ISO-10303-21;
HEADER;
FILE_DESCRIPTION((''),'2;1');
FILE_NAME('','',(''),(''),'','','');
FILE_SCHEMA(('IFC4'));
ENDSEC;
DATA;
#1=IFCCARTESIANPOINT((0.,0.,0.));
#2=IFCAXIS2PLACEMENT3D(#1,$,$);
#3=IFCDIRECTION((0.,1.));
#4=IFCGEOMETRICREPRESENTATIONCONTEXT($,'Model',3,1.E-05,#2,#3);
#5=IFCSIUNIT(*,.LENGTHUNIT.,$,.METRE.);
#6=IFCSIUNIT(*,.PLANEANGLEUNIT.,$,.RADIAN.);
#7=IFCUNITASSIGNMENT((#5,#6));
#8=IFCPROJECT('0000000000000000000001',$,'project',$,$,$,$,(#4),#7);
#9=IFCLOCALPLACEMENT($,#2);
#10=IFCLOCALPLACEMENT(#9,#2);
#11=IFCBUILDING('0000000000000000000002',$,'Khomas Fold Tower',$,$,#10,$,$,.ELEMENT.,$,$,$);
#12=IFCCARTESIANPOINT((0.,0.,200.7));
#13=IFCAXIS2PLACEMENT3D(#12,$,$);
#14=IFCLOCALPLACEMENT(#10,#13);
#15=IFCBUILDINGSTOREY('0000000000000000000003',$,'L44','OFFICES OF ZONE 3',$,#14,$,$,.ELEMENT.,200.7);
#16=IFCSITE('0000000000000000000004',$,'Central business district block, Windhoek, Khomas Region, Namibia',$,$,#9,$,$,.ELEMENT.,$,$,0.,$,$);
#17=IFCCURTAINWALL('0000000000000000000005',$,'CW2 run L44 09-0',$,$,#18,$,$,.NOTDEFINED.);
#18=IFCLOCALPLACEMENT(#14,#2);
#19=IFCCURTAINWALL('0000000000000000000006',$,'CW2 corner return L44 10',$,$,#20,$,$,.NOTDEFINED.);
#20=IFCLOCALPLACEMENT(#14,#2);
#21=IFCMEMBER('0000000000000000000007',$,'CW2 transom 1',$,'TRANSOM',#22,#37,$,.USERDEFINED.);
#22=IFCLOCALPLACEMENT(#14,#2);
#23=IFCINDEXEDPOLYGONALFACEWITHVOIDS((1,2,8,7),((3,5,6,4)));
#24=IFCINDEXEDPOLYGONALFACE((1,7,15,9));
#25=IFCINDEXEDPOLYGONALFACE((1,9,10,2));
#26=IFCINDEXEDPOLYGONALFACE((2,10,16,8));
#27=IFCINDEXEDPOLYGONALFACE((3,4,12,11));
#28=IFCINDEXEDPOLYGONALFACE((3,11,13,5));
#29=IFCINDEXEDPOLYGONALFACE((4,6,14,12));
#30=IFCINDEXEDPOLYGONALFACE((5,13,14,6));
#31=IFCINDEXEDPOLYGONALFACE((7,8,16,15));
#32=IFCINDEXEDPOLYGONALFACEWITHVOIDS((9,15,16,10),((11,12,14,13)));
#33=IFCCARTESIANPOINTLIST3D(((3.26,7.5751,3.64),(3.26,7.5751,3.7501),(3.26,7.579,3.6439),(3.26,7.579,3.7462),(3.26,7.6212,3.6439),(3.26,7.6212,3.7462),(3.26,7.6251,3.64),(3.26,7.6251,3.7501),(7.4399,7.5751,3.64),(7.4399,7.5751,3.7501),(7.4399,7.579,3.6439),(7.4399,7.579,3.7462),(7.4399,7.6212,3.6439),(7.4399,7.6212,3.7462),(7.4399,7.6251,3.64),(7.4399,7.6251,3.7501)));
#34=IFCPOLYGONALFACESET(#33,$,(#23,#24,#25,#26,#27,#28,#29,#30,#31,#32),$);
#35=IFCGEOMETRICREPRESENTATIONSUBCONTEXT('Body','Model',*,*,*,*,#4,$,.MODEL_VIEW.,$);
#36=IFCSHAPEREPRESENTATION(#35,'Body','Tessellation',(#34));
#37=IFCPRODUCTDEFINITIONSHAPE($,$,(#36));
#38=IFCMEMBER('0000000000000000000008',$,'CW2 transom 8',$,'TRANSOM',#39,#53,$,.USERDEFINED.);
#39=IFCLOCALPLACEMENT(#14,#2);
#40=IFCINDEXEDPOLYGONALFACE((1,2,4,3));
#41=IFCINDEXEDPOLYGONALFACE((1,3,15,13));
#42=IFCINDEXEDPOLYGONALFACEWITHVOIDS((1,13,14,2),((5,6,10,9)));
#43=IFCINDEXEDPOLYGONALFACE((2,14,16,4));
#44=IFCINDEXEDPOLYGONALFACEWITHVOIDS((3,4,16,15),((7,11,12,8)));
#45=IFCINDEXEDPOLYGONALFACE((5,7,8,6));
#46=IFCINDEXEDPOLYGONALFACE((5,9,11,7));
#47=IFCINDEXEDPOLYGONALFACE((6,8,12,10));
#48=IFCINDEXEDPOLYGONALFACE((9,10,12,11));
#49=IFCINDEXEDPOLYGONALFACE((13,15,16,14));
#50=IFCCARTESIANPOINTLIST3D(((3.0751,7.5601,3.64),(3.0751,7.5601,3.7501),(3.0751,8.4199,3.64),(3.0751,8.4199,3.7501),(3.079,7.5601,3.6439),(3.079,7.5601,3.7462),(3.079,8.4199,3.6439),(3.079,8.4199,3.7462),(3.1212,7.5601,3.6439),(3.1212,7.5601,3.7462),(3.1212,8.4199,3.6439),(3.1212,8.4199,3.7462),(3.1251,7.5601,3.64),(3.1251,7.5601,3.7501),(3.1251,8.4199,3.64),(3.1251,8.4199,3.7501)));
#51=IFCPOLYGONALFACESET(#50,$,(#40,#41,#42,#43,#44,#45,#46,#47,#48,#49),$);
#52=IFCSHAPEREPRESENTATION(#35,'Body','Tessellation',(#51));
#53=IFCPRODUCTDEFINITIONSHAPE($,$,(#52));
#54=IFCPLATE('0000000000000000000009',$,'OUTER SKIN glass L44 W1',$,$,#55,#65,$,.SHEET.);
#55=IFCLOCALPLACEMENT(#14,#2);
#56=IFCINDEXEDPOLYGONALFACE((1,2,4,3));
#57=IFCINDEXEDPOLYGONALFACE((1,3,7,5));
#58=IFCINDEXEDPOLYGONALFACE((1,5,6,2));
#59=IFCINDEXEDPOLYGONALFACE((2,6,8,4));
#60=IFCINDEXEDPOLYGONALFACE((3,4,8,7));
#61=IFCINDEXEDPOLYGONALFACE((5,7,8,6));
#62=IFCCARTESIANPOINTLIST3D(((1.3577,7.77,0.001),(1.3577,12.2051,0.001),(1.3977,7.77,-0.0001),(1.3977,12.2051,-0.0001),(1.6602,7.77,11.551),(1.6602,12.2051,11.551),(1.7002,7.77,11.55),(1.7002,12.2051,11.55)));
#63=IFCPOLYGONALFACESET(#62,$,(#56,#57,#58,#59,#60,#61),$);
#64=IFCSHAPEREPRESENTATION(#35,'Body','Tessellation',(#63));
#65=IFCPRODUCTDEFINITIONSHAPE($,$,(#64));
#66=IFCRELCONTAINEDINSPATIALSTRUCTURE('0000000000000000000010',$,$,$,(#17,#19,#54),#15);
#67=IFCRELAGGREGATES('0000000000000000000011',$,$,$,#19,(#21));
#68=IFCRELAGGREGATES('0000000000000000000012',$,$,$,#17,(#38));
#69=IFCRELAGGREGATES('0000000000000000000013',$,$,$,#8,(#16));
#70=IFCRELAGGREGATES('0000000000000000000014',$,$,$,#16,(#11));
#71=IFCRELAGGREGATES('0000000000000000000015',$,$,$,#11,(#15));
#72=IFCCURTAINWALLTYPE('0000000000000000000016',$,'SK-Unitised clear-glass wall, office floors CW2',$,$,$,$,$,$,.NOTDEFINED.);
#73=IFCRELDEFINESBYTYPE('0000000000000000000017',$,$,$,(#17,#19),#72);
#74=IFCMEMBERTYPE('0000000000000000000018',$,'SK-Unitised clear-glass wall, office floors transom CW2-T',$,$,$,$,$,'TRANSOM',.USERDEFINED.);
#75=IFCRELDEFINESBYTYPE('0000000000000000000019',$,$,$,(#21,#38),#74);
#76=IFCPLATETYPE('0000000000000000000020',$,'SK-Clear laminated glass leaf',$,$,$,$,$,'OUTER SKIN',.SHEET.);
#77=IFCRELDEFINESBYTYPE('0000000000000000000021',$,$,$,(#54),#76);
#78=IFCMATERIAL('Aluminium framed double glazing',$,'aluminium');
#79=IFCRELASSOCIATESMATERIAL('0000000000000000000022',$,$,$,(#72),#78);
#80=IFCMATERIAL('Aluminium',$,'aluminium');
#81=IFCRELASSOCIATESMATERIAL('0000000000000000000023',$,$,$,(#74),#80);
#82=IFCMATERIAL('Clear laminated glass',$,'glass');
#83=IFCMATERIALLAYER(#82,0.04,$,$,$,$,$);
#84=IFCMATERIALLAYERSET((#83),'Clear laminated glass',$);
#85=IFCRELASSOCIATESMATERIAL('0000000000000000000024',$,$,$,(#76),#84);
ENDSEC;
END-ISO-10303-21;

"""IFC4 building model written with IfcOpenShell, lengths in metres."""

from ifc_helpers import new_model, si_unit, direction, frame, origin, origin_2d, place, context, subcontext, project, spatial, polyline, hollow_rectangle, outline, extrude, source, transform, mapped, material, layer, layer_set, material_profile, profile_set, type_object, element, aggregate, save


model = new_model("IFC4")

# Units and contexts
model_context = context("Model", 3, precision=1e-05, world=origin(), true_north=direction((0.0, 1.0)))
body_context = subcontext(model_context, "Body", "Model", "MODEL_VIEW")
ifc_project = project(units=[si_unit("LENGTHUNIT", "METRE"), si_unit("PLANEANGLEUNIT", "RADIAN")], contexts=[model_context])

# Site, building, storey
site_placement = place(None, origin())
site = spatial("IfcSite", under=ifc_project, at=site_placement, Name="Central business district block, Windhoek, Khomas Region, Namibia", CompositionType="ELEMENT", RefElevation=0.0)
building_placement = place(site_placement, origin())
building = spatial("IfcBuilding", under=site, at=building_placement, Name="Khomas Fold Tower", CompositionType="ELEMENT")
storey_placement = place(building_placement, frame((0.0, 0.0, 200.7)))
storey = spatial("IfcBuildingStorey", under=building, at=storey_placement, Name="L44", Description="OFFICES OF ZONE 3", CompositionType="ELEMENT", Elevation=200.7)

# Curtain walls
ifc_material_1 = material(Name="Aluminium framed double glazing", Category="aluminium")
curtain_wall_type = type_object("IfcCurtainWallType", Name="SK-Unitised clear-glass wall, office floors CW2", PredefinedType="NOTDEFINED", material=ifc_material_1)
curtain_wall_1_placement = place(storey_placement, origin())
curtain_wall_1 = element("IfcCurtainWall", 1, at=curtain_wall_1_placement, inside=storey, type_object=curtain_wall_type, Name="CW2 run L44 09-0", PredefinedType="NOTDEFINED")
curtain_wall_2_placement = place(storey_placement, origin())
curtain_wall_2 = element("IfcCurtainWall", 2, at=curtain_wall_2_placement, inside=storey, type_object=curtain_wall_type, Name="CW2 corner return L44 10", PredefinedType="NOTDEFINED")
ifc_material_2 = material(Name="Aluminium", Category="aluminium")
ifc_material_profile_1 = material_profile(ifc_material_2, hollow_rectangle(XDim=0.05, YDim=0.1101, WallThickness=0.0039, at=origin_2d()), Name="SK-Unitised clear-glass wall, office floors transom CW2-T")
ifc_profile_set_1 = profile_set([ifc_material_profile_1], Name="Aluminium")
member_type_1 = type_object("IfcMemberType", Name="SK-Unitised clear-glass wall, office floors transom CW2-T", ElementType="TRANSOM", PredefinedType="USERDEFINED", material=ifc_profile_set_1)

# Members
shared_shape_1 = source(origin(), body_context, "Body", "SweptSolid", [
    extrude(hollow_rectangle(XDim=0.05, YDim=0.1101, WallThickness=0.0039, at=origin_2d()), origin(), (0.0, 0.0, 1.0), 4.1799),
])
member_1_placement = place(storey_placement, frame((3.26, 7.6001, 3.6951), z_axis=(1.0, 0.0, 0.0), x_axis=(0.0, 1.0, 0.0)))
member_1 = element("IfcMember", 3, at=member_1_placement, type_object=member_type_1, Name="CW2 transom 1", ObjectType="TRANSOM", PredefinedType="USERDEFINED", context=body_context, shape_type="MappedRepresentation", body=[
    mapped(shared_shape_1, transform((0.0, 0.0, 0.0))),
])
shared_shape_2 = source(origin(), body_context, "Body", "SweptSolid", [
    extrude(hollow_rectangle(XDim=0.05, YDim=0.1101, WallThickness=0.0039, at=origin_2d()), origin(), (0.0, 0.0, 1.0), 0.8599),
])
member_2_placement = place(storey_placement, frame((3.1001, 8.4199, 3.6951), z_axis=(0.0, -1.0, 0.0), x_axis=(1.0, 0.0, 0.0)))
member_2 = element("IfcMember", 4, at=member_2_placement, type_object=member_type_1, Name="CW2 transom 8", ObjectType="TRANSOM", PredefinedType="USERDEFINED", context=body_context, shape_type="MappedRepresentation", body=[
    mapped(shared_shape_2, transform((0.0, 0.0, 0.0))),
])

# Plate
ifc_material_3 = material(Name="Clear laminated glass", Category="glass")
ifc_layer_1 = layer(ifc_material_3, 0.04)
ifc_layer_set_1 = layer_set([ifc_layer_1], Name="Clear laminated glass")
plate_type_1 = type_object("IfcPlateType", Name="SK-Clear laminated glass leaf", ElementType="OUTER SKIN", PredefinedType="SHEET", material=ifc_layer_set_1)
plate_1_placement = place(storey_placement, frame((1.3577, 7.77, 0.001), z_axis=(-0.999657, 0.0, 0.026181), x_axis=(0.0, 1.0, 0.0)))
element("IfcPlate", 5, at=plate_1_placement, inside=storey, type_object=plate_type_1, Name="OUTER SKIN glass L44 W1", PredefinedType="SHEET", context=body_context, shape_type="SweptSolid", body=[
    extrude(outline(polyline([(0.0, 0.0), (4.4351, 0.0), (4.4351, -11.554), (0.0, -11.554), (0.0, 0.0)])), origin(), (0.0, 0.0, -1.0), 0.04),
])

aggregate(curtain_wall_2, [member_1])
aggregate(curtain_wall_1, [member_2])

save(model, "model.ifc")
